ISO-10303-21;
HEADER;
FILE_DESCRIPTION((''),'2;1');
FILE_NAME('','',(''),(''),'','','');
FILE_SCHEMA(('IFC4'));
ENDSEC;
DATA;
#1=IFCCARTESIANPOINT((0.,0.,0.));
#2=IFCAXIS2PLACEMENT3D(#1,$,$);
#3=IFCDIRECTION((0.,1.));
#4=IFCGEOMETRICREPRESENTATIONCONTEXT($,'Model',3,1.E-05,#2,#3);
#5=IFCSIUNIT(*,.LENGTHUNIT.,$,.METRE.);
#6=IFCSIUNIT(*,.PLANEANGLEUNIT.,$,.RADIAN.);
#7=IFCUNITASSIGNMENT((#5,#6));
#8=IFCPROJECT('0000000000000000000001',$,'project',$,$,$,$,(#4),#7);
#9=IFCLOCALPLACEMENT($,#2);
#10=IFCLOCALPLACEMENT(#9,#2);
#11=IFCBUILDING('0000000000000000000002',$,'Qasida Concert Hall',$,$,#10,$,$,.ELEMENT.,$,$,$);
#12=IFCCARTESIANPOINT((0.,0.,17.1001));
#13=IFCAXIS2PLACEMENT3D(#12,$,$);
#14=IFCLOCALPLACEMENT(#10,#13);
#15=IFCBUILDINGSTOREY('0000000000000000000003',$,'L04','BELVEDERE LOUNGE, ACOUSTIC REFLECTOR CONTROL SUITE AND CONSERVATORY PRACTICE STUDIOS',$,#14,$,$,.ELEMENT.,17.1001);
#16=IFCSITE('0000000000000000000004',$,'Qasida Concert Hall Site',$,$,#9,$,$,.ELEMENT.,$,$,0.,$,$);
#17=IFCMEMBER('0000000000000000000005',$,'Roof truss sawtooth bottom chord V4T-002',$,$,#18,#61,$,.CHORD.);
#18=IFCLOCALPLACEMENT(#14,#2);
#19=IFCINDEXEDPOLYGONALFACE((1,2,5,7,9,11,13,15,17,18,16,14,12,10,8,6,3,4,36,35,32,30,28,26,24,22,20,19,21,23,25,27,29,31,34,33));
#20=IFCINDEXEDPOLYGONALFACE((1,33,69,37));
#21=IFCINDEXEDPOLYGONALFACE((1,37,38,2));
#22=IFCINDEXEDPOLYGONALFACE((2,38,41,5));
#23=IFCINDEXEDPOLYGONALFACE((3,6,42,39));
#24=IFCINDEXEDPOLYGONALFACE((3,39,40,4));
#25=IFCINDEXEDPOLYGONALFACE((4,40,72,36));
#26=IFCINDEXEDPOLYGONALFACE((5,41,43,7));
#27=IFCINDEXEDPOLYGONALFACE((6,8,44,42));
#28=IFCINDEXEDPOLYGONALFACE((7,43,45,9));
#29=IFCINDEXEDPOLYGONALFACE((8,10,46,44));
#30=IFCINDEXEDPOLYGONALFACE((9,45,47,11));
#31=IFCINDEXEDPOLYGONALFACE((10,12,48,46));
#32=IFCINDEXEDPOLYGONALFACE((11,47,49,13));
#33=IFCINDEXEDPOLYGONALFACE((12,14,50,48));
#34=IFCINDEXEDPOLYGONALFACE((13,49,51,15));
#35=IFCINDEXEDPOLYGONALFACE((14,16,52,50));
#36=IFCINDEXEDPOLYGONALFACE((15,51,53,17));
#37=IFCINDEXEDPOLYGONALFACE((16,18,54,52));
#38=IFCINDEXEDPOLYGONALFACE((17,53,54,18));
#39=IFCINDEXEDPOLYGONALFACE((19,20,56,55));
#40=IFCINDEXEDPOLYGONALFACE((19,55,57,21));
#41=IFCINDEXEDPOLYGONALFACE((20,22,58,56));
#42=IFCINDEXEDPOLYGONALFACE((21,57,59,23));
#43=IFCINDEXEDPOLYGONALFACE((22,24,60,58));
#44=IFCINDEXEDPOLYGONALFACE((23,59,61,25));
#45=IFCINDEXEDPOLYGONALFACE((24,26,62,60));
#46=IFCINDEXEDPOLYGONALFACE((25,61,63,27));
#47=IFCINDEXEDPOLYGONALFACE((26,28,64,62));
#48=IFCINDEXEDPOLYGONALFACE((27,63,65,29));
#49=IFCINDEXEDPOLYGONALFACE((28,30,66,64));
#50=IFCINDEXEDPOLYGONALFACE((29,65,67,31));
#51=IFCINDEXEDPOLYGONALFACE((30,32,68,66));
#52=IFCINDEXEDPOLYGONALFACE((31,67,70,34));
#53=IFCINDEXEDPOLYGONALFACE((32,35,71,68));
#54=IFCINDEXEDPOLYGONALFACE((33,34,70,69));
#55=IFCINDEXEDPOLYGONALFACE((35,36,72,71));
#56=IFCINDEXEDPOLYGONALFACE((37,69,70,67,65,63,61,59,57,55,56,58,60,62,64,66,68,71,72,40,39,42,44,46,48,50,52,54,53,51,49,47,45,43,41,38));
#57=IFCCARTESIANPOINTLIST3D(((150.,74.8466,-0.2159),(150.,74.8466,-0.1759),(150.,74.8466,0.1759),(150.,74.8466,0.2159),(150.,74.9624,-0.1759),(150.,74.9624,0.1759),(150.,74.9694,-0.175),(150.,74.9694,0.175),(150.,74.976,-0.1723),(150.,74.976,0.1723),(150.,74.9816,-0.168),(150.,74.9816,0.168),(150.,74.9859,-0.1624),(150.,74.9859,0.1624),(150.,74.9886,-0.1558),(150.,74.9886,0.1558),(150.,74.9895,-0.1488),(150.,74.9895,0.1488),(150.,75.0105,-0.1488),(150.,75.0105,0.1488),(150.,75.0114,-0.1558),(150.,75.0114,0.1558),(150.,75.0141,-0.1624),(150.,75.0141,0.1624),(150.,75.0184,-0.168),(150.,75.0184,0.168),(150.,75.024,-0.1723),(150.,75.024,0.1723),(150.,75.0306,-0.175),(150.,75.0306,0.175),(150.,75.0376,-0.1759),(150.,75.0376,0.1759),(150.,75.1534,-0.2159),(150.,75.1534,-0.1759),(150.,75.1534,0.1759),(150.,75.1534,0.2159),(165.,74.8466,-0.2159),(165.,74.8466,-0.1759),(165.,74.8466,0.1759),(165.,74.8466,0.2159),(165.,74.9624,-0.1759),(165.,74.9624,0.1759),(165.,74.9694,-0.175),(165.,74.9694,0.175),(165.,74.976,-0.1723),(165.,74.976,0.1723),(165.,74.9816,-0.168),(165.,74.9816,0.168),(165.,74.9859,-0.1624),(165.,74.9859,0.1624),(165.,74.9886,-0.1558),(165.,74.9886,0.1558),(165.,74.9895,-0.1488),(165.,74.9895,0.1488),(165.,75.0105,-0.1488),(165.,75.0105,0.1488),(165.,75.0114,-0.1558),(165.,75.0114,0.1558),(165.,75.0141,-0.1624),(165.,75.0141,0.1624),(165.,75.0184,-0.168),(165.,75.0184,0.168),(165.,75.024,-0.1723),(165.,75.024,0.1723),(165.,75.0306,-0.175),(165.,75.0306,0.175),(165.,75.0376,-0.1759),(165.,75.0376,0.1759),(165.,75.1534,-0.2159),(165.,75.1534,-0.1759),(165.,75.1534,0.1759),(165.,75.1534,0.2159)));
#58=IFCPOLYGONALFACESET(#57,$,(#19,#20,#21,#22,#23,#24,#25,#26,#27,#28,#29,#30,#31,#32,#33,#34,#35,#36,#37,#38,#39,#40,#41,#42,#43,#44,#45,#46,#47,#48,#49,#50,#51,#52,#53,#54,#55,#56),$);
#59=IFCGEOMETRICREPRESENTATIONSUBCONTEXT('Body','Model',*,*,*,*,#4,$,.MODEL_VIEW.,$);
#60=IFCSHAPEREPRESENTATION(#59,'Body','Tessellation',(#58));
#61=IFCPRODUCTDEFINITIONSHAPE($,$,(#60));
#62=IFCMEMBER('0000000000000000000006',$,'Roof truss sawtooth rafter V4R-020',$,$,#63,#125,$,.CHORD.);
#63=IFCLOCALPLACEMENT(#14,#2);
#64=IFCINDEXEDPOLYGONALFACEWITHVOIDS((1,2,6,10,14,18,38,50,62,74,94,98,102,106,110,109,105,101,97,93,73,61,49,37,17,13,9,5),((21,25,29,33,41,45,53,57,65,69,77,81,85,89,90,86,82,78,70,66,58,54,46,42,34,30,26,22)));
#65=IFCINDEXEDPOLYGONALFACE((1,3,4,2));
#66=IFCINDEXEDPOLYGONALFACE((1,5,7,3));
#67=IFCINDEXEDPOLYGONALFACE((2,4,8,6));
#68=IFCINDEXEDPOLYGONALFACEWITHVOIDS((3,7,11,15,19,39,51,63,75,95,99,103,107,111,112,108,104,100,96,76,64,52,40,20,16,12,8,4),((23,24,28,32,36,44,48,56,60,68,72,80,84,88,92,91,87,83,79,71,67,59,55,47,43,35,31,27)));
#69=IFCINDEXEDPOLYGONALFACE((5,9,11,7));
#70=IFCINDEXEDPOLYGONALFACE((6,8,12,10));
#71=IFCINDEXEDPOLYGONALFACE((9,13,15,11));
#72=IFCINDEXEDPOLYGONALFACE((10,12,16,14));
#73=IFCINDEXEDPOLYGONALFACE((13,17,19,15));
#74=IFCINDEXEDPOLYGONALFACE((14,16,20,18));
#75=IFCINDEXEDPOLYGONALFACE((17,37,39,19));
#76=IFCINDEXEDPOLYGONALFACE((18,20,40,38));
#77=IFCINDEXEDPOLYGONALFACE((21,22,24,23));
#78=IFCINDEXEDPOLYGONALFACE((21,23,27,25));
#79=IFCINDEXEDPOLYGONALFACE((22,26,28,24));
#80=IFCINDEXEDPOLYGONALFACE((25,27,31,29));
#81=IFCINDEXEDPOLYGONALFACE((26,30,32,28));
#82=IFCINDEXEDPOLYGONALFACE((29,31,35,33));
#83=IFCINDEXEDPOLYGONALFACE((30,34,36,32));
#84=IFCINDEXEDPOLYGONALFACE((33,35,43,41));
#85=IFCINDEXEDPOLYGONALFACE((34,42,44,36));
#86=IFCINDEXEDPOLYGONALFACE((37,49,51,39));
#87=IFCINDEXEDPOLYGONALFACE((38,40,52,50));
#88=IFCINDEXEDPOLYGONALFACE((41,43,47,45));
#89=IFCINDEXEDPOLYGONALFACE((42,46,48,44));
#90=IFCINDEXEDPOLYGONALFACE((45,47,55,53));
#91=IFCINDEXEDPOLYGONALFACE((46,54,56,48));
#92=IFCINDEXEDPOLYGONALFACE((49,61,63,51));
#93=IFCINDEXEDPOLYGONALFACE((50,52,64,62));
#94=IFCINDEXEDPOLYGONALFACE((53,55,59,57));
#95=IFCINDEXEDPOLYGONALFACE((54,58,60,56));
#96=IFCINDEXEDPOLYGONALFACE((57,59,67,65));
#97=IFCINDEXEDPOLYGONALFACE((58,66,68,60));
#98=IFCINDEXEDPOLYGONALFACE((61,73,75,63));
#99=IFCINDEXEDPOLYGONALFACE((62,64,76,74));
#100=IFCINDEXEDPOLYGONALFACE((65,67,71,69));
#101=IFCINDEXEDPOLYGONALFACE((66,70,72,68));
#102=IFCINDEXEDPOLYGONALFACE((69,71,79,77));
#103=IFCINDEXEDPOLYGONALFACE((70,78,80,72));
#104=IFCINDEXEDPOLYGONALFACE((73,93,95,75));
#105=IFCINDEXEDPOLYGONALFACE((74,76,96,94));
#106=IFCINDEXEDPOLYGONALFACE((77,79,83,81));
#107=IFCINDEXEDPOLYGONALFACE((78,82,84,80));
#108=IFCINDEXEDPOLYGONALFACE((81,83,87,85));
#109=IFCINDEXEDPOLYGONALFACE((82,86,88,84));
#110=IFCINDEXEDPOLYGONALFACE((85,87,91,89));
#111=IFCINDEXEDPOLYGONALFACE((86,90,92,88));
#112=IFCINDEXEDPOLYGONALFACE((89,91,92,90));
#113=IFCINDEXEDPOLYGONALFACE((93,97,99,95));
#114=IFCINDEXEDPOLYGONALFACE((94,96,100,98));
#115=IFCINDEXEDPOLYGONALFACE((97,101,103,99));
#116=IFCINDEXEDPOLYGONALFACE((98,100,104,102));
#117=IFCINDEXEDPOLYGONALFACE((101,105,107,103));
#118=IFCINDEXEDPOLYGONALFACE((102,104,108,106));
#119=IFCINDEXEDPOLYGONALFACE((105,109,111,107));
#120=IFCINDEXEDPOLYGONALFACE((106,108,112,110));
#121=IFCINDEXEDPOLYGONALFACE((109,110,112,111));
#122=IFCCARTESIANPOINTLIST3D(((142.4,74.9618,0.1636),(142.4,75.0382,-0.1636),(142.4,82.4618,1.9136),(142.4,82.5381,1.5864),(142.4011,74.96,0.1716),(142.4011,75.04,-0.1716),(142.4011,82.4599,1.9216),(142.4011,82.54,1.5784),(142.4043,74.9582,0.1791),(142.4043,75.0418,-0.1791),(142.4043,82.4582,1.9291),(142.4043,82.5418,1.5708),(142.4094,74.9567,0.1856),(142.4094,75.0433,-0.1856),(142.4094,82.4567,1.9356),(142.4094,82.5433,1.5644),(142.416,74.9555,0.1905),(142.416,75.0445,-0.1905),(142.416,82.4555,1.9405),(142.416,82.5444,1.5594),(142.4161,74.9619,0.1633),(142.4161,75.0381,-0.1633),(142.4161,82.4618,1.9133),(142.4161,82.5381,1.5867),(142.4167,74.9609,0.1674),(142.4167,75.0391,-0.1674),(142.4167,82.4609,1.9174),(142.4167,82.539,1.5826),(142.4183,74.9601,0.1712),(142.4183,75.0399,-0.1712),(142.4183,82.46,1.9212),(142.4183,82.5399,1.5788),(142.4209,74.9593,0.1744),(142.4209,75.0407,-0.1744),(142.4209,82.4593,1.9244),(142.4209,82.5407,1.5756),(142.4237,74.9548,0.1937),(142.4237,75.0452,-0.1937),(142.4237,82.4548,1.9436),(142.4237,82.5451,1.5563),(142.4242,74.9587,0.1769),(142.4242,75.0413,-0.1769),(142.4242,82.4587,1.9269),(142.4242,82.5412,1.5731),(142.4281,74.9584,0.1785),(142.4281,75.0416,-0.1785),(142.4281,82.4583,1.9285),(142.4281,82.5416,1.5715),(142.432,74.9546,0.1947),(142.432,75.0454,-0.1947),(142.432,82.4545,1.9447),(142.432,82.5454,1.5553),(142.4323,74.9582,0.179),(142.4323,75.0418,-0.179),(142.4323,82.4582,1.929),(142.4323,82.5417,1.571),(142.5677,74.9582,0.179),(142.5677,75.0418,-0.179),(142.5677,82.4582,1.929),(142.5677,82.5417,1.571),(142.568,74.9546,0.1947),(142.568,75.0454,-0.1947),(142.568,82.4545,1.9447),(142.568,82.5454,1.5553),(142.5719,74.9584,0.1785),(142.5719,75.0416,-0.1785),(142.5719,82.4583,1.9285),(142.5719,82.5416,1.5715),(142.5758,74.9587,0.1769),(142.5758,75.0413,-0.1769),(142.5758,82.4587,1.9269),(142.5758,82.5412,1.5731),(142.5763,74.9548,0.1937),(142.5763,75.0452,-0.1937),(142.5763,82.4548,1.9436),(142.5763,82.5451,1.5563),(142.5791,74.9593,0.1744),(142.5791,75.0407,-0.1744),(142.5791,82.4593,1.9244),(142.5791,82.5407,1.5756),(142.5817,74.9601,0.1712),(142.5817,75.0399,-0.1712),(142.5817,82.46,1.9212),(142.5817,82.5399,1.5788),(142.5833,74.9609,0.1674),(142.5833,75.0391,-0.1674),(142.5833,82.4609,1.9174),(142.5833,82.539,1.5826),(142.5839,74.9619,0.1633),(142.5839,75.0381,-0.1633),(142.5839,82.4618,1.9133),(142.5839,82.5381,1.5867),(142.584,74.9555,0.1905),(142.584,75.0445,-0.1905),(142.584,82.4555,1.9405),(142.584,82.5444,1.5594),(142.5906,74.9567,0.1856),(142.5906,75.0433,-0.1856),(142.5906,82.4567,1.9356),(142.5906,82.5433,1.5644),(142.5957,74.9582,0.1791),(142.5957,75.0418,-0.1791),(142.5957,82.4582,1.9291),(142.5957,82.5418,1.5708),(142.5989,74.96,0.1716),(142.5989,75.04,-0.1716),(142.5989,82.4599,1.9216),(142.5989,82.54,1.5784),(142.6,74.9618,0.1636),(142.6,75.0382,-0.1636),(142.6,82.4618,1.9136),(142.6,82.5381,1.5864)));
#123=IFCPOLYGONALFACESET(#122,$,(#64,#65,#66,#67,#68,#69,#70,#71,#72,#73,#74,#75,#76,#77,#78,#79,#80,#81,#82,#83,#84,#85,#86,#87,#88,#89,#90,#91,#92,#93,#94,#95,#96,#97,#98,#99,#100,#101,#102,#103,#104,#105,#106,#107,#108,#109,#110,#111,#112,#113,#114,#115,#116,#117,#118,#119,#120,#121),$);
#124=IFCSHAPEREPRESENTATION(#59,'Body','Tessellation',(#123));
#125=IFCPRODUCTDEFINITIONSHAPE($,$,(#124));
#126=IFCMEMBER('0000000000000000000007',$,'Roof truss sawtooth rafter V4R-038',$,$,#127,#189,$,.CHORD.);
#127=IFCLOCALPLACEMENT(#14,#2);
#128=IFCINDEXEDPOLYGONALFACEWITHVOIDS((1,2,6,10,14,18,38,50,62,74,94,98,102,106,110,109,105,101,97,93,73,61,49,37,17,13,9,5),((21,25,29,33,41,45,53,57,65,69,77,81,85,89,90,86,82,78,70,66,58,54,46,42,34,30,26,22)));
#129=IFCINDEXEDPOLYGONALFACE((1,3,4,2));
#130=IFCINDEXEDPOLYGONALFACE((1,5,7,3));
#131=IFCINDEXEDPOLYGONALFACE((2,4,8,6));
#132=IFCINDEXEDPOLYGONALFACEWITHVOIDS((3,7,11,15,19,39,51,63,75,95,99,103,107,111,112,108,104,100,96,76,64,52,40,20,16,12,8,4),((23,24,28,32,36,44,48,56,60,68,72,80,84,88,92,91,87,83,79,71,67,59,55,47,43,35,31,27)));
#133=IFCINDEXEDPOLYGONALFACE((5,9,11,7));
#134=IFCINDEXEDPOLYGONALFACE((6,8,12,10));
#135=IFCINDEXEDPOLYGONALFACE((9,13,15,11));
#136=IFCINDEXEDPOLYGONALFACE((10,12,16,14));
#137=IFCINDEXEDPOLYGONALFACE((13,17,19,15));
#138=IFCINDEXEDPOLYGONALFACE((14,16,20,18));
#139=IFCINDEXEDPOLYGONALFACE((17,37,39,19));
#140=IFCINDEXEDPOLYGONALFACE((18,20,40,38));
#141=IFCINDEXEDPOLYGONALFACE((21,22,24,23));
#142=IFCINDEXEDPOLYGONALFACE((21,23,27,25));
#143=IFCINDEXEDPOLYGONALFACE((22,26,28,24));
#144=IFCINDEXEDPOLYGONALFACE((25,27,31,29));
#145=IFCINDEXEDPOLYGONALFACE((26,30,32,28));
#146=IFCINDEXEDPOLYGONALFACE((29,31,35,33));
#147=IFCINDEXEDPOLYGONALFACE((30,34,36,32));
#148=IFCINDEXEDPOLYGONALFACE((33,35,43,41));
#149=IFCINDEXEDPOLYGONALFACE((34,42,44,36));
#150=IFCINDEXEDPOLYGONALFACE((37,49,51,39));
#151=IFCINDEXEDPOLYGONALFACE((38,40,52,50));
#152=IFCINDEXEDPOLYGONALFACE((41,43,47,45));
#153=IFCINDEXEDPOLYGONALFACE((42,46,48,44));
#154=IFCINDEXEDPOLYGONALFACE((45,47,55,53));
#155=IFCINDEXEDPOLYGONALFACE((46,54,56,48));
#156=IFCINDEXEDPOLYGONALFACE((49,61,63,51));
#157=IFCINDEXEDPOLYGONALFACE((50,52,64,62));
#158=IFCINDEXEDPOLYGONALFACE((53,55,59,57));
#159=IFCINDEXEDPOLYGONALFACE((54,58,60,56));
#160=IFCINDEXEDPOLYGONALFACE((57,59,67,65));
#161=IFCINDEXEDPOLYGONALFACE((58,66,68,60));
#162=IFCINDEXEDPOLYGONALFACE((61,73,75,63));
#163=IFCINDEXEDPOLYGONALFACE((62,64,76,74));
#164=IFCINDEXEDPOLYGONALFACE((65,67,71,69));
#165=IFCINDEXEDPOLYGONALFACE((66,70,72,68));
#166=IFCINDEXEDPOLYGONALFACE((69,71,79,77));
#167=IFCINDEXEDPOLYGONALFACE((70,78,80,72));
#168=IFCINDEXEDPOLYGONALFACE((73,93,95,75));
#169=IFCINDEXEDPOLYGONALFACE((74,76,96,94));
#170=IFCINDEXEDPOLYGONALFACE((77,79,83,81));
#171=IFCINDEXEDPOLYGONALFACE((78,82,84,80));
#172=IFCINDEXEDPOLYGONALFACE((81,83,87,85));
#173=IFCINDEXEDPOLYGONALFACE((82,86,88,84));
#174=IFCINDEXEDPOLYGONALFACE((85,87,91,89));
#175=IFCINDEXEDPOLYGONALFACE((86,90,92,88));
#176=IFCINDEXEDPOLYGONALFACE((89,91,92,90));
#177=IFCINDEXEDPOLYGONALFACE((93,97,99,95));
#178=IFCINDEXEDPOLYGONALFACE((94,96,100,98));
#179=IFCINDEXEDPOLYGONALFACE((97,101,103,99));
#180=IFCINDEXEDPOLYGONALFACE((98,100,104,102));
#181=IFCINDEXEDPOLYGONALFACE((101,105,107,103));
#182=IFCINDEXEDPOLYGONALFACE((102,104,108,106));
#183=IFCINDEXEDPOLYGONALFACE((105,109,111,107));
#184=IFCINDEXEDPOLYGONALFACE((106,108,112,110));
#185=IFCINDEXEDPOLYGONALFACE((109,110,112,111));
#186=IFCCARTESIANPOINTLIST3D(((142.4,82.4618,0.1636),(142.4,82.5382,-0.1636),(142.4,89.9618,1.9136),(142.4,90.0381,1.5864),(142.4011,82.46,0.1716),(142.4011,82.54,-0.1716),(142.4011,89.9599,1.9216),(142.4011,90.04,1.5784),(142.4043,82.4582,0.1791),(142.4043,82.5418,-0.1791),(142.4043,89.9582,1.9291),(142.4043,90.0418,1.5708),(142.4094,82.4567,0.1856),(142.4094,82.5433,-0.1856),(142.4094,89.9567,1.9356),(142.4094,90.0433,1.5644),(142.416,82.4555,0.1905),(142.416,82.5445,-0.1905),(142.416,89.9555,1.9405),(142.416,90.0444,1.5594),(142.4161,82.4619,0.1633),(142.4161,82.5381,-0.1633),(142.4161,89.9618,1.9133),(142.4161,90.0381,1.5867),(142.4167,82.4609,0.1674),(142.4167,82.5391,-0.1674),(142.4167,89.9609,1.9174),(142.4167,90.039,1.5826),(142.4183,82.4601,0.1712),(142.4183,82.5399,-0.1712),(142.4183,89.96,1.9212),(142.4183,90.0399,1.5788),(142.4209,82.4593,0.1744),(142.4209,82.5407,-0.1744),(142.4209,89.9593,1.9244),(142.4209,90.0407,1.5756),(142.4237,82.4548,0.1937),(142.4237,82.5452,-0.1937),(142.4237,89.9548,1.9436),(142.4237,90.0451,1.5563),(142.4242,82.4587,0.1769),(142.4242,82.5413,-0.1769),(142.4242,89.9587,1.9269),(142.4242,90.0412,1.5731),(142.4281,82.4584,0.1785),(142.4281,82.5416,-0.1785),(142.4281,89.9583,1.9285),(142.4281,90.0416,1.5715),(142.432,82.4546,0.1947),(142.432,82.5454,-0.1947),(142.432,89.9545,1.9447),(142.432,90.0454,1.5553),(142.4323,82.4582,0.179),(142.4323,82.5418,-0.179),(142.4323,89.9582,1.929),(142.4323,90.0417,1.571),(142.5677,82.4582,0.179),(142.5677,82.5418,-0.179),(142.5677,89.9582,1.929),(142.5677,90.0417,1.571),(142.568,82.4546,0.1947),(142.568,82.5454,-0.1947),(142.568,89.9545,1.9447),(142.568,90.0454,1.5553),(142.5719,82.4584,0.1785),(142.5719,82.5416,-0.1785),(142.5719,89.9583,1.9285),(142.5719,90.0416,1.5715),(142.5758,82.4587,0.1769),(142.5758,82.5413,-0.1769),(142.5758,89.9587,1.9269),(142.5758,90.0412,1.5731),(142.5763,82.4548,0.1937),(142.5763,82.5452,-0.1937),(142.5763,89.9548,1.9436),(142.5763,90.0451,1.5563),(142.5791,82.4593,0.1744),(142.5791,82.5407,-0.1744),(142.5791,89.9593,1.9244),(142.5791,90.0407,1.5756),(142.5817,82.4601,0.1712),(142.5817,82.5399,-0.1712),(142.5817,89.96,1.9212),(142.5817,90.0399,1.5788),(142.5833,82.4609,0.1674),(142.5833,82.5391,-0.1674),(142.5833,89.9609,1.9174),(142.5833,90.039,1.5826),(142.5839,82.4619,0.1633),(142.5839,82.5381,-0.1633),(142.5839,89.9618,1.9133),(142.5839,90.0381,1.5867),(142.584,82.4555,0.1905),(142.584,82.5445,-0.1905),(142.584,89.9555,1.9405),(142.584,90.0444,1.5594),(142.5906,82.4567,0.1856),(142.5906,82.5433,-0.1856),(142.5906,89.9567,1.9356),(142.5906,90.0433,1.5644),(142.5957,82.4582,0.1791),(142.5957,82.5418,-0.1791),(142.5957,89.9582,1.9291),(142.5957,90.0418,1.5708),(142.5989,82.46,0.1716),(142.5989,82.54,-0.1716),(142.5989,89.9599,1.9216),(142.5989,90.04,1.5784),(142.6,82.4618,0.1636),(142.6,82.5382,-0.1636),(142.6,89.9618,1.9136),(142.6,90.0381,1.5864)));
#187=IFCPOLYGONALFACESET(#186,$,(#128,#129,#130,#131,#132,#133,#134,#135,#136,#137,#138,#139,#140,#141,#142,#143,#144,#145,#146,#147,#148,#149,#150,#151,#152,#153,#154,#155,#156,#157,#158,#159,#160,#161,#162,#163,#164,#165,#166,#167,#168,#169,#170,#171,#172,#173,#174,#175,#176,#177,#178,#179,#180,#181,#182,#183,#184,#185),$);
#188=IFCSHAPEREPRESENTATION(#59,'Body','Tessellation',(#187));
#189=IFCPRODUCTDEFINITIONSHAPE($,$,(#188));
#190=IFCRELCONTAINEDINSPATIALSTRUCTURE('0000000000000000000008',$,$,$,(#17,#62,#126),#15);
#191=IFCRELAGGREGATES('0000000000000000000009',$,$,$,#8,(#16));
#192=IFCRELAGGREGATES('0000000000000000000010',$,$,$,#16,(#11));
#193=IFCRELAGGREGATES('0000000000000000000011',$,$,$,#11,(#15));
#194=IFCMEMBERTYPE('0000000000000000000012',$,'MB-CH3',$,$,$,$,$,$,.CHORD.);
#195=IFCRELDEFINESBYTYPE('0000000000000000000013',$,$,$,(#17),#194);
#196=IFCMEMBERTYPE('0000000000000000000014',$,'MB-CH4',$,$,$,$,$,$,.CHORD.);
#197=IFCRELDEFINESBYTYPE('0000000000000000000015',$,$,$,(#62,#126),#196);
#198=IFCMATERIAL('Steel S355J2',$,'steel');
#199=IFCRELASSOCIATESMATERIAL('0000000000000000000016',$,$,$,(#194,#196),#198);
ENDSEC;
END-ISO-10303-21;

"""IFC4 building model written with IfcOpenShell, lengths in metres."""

from ifc_helpers import new_model, si_unit, direction, frame, origin, origin_2d, place, context, subcontext, project, spatial, hollow_rectangle, i_section, extrude, material, material_profile, profile_set, type_object, element, save


model = new_model("IFC4")

# Units and contexts
model_context = context("Model", 3, precision=1e-05, world=origin(), true_north=direction((0.0, 1.0)))
body_context = subcontext(model_context, "Body", "Model", "MODEL_VIEW")
ifc_project = project(units=[si_unit("LENGTHUNIT", "METRE"), si_unit("PLANEANGLEUNIT", "RADIAN")], contexts=[model_context])

# Site, building, storey
site_placement = place(None, origin())
site = spatial("IfcSite", under=ifc_project, at=site_placement, Name="Qasida Concert Hall Site", CompositionType="ELEMENT", RefElevation=0.0)
building_placement = place(site_placement, origin())
building = spatial("IfcBuilding", under=site, at=building_placement, Name="Qasida Concert Hall", CompositionType="ELEMENT")
storey_placement = place(building_placement, frame((0.0, 0.0, 17.1001)))
storey = spatial("IfcBuildingStorey", under=building, at=storey_placement, Name="L04", Description="BELVEDERE LOUNGE, ACOUSTIC REFLECTOR CONTROL SUITE AND CONSERVATORY PRACTICE STUDIOS", CompositionType="ELEMENT", Elevation=17.1001)

# Members
ifc_material = material(Name="Steel S355J2", Category="steel")
ifc_material_profile_1 = material_profile(ifc_material, i_section(OverallWidth=0.3069, OverallDepth=0.4319, WebThickness=0.021, FlangeThickness=0.04, FilletRadius=0.0271, at=origin_2d()), Name="HEM 400")
ifc_profile_set_1 = profile_set([ifc_material_profile_1], Name="Steel S355J2")
member_type_1 = type_object("IfcMemberType", Name="MB-CH3", PredefinedType="CHORD", material=ifc_profile_set_1)
member_placement = place(storey_placement, frame((150.0, 75.0, 0.0), z_axis=(1.0, 0.0, 0.0), x_axis=(0.0, 1.0, 0.0)))
element("IfcMember", 1, at=member_placement, inside=storey, type_object=member_type_1, Name="Roof truss sawtooth bottom chord V4T-002", PredefinedType="CHORD", context=body_context, shape_type="SweptSolid", body=[
    extrude(i_section(OverallWidth=0.3069, OverallDepth=0.4319, WebThickness=0.021, FlangeThickness=0.04, FilletRadius=0.0271, at=origin_2d()), origin(), (0.0, 0.0, 1.0), 15.0),
])
ifc_material_profile_2 = material_profile(ifc_material, hollow_rectangle(XDim=0.2, YDim=0.3999, WallThickness=0.0161, InnerFilletRadius=0.0161, OuterFilletRadius=0.032, at=origin_2d()), Name="RHS 400x200x16")
ifc_profile_set_2 = profile_set([ifc_material_profile_2], Name="Steel S355J2")
member_type_2 = type_object("IfcMemberType", Name="MB-CH4", PredefinedType="CHORD", material=ifc_profile_set_2)
for number, where, z_axis, x_axis, name in (
    (2, (142.5, 75.0, 0.0), (0.0, 0.973841, 0.22723), (-1.0, 0.0, 0.0), "Roof truss sawtooth rafter V4R-020"),
    (3, (142.5, 82.5, 0.0), (0.0, 0.973841, 0.22723), (-1.0, 0.0, 0.0), "Roof truss sawtooth rafter V4R-038"),
):
    element("IfcMember", number, at=place(storey_placement, frame(where, z_axis=z_axis, x_axis=x_axis)), inside=storey, type_object=member_type_2, Name=name, PredefinedType="CHORD", context=body_context, shape_type="SweptSolid", body=[
        extrude(hollow_rectangle(XDim=0.2, YDim=0.3999, WallThickness=0.0161, InnerFilletRadius=0.0161, OuterFilletRadius=0.032, at=origin_2d()), origin(), (0.0, 0.0, 1.0), 7.7014),
    ])

save(model, "model.ifc")
